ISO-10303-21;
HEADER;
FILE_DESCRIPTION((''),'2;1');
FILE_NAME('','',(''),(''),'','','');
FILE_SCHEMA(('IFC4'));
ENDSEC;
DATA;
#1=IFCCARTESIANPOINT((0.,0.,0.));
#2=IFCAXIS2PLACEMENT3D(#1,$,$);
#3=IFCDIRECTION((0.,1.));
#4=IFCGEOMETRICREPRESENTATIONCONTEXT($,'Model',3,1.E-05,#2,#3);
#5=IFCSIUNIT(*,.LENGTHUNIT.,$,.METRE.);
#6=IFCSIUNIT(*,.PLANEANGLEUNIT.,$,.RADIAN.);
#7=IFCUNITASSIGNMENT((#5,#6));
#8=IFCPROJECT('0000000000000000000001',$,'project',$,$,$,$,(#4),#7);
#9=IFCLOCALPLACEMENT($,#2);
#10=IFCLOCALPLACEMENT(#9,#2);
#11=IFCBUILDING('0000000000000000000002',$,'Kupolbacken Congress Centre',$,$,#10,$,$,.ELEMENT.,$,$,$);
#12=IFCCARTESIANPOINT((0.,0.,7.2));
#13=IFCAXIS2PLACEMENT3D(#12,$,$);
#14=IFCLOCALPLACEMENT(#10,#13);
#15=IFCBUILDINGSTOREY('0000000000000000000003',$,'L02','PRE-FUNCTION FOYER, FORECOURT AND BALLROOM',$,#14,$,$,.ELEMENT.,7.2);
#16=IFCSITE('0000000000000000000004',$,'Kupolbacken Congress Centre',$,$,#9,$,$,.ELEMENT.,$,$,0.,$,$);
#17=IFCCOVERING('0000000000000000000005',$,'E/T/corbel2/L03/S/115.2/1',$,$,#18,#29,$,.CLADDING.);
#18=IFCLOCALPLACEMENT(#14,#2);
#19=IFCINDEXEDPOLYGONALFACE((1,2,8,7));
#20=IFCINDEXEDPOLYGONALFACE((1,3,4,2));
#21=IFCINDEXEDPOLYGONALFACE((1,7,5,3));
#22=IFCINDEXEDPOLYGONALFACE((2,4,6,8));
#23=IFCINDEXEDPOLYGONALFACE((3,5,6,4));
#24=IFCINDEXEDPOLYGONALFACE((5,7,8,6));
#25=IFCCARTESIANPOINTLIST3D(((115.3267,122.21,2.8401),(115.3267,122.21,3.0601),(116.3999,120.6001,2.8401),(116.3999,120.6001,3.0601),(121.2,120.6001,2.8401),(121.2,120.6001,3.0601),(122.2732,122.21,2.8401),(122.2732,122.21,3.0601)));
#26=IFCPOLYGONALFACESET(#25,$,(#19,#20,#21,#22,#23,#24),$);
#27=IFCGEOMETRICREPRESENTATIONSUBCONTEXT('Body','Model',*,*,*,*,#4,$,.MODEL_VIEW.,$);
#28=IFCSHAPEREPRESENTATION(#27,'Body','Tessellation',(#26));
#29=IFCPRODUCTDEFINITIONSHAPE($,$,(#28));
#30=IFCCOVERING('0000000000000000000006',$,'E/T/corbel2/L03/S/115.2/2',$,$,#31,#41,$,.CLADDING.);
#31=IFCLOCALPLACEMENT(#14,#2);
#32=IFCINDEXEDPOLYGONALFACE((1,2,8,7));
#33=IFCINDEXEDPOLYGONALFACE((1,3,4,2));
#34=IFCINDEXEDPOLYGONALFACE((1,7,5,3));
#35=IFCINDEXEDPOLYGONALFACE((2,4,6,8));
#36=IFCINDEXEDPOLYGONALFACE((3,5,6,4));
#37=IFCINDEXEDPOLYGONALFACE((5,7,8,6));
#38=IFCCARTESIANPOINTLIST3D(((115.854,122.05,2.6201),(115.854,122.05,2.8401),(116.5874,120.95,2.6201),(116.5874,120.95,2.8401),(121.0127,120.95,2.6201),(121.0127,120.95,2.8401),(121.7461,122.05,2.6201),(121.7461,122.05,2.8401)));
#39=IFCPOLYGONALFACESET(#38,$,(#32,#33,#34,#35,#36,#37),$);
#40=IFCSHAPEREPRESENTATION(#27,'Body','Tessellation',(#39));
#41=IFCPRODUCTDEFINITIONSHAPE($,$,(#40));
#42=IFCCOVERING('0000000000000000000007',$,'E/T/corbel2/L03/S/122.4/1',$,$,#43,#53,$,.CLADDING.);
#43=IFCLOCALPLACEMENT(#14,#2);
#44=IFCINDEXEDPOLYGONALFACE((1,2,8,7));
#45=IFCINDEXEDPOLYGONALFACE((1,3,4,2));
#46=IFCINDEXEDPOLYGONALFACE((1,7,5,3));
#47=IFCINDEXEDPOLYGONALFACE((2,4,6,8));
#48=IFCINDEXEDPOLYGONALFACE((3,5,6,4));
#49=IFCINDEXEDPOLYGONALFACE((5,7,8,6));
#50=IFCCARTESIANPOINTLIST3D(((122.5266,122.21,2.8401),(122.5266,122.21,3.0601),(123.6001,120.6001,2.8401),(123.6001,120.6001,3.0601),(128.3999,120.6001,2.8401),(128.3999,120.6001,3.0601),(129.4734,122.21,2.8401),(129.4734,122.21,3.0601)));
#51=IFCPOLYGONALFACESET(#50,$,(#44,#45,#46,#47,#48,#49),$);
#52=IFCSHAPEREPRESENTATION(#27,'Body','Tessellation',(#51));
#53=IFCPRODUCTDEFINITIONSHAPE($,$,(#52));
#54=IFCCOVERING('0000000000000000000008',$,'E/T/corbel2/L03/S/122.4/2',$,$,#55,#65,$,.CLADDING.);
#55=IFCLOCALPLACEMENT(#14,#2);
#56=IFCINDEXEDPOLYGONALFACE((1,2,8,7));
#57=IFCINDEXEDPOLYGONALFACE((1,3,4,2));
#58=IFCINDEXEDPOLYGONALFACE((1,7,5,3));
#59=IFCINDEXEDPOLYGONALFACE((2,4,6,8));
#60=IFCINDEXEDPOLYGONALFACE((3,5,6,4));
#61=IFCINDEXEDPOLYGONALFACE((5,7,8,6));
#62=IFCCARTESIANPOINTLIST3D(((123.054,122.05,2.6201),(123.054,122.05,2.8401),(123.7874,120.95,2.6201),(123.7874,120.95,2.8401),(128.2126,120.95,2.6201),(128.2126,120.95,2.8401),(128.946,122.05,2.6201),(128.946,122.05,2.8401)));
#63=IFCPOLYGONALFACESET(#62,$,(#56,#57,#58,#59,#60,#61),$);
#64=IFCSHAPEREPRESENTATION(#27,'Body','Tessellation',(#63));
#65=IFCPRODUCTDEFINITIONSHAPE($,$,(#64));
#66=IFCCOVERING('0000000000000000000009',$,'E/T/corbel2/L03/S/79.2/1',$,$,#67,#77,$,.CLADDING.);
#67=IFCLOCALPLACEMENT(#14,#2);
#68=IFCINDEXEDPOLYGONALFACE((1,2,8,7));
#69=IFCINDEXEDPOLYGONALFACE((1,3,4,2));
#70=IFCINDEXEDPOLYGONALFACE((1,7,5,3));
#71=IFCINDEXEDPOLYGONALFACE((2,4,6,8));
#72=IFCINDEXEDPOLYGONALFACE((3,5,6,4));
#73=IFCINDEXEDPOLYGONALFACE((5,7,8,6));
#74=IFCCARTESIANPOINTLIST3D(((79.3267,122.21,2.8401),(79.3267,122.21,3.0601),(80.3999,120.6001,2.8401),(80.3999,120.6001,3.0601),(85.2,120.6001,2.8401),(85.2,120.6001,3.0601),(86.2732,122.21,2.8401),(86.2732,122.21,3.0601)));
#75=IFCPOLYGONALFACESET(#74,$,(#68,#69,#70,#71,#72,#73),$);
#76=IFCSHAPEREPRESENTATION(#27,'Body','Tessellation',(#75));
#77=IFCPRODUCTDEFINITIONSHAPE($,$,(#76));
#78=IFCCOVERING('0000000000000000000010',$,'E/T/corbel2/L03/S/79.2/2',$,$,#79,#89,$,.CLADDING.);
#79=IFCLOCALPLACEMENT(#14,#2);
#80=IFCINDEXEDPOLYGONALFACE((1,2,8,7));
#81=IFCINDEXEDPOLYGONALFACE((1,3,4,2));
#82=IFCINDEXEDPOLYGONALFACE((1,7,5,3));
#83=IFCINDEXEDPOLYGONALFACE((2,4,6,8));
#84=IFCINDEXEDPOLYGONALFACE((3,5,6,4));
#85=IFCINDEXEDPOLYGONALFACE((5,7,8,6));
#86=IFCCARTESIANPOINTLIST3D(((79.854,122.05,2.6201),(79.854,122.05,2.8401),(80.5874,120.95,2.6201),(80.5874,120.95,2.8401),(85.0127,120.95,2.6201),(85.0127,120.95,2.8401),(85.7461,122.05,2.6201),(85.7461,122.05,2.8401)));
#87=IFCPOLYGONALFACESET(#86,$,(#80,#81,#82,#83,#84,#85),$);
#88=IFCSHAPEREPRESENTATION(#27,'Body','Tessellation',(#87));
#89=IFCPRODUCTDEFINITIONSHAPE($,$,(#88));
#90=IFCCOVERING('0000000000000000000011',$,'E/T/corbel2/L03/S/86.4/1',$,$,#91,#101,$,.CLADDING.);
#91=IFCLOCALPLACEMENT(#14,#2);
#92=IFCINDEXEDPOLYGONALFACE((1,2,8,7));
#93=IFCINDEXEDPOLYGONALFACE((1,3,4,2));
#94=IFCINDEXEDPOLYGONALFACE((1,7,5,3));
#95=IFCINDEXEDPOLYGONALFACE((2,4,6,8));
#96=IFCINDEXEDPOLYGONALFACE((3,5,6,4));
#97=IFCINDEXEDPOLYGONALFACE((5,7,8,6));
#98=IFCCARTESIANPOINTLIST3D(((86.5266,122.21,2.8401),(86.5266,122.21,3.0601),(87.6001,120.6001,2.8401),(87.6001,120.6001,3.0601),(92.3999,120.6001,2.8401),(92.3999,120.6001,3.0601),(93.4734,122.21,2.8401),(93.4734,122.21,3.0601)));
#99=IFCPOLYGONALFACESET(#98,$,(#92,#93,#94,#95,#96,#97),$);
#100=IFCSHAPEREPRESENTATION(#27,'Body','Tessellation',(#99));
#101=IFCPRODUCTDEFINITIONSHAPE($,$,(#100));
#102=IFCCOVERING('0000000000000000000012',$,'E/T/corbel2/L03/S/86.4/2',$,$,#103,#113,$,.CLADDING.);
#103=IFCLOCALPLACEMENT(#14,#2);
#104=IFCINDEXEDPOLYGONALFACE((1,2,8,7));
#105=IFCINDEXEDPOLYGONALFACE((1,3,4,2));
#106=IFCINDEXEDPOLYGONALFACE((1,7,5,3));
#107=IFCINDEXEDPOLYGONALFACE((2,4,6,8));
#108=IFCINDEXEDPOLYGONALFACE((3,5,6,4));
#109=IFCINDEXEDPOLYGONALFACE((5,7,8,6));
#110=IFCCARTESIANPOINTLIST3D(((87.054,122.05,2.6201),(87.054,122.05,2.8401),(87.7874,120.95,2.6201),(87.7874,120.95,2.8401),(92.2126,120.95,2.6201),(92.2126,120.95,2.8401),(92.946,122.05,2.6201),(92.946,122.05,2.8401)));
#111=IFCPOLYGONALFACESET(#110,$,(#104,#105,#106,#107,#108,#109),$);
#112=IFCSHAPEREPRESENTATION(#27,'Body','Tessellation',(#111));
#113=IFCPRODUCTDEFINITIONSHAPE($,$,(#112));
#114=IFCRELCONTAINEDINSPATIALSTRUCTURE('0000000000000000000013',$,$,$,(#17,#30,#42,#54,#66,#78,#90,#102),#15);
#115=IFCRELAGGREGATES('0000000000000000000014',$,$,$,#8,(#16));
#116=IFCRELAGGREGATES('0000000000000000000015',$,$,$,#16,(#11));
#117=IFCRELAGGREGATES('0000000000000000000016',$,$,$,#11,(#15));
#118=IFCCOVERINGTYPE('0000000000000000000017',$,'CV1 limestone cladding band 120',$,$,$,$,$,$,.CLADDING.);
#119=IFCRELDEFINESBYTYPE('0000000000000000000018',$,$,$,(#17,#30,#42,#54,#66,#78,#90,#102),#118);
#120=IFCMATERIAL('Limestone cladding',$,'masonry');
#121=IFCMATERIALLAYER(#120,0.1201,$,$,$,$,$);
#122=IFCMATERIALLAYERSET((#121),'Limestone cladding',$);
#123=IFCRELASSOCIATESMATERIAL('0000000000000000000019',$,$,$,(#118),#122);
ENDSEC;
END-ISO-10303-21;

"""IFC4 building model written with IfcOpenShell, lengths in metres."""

from ifc_helpers import new_model, si_unit, direction, frame, origin, place, context, subcontext, project, spatial, polyline, outline, extrude, material, layer, layer_set, type_object, element, save


model = new_model("IFC4")

# Units and contexts
model_context = context("Model", 3, precision=1e-05, world=origin(), true_north=direction((0.0, 1.0)))
body_context = subcontext(model_context, "Body", "Model", "MODEL_VIEW")
ifc_project = project(units=[si_unit("LENGTHUNIT", "METRE"), si_unit("PLANEANGLEUNIT", "RADIAN")], contexts=[model_context])

# Site, building, storey
site_placement = place(None, origin())
site = spatial("IfcSite", under=ifc_project, at=site_placement, Name="Kupolbacken Congress Centre", CompositionType="ELEMENT", RefElevation=0.0)
building_placement = place(site_placement, origin())
building = spatial("IfcBuilding", under=site, at=building_placement, Name="Kupolbacken Congress Centre", CompositionType="ELEMENT")
storey_placement = place(building_placement, frame((0.0, 0.0, 7.2)))
storey = spatial("IfcBuildingStorey", under=building, at=storey_placement, Name="L02", Description="PRE-FUNCTION FOYER, FORECOURT AND BALLROOM", CompositionType="ELEMENT", Elevation=7.2)

# Coverings
ifc_material_1 = material(Name="Limestone cladding", Category="masonry")
ifc_layer_1 = layer(ifc_material_1, 0.1201)
ifc_layer_set_1 = layer_set([ifc_layer_1], Name="Limestone cladding")
covering_type = type_object("IfcCoveringType", Name="CV1 limestone cladding band 120", PredefinedType="CLADDING", material=ifc_layer_set_1)
covering_1_placement = place(storey_placement, frame((0.0, 0.0, 2.8401)))
element("IfcCovering", 1, at=covering_1_placement, inside=storey, type_object=covering_type, Name="E/T/corbel2/L03/S/115.2/1", PredefinedType="CLADDING", context=body_context, shape_type="SweptSolid", body=[
    extrude(outline(polyline([(122.2732, 122.21), (115.3267, 122.21), (116.3999, 120.6001), (121.2, 120.6001), (122.2732, 122.21)])), origin(), (0.0, 0.0, 1.0), 0.22),
])
covering_2_placement = place(storey_placement, frame((0.0, 0.0, 2.6201)))
element("IfcCovering", 2, at=covering_2_placement, inside=storey, type_object=covering_type, Name="E/T/corbel2/L03/S/115.2/2", PredefinedType="CLADDING", context=body_context, shape_type="SweptSolid", body=[
    extrude(outline(polyline([(115.854, 122.05), (116.5874, 120.95), (121.0127, 120.95), (121.7461, 122.05), (115.854, 122.05)])), origin(), (0.0, 0.0, 1.0), 0.22),
])
covering_3_placement = place(storey_placement, frame((0.0, 0.0, 2.8401)))
element("IfcCovering", 3, at=covering_3_placement, inside=storey, type_object=covering_type, Name="E/T/corbel2/L03/S/122.4/1", PredefinedType="CLADDING", context=body_context, shape_type="SweptSolid", body=[
    extrude(outline(polyline([(129.4734, 122.21), (122.5266, 122.21), (123.6001, 120.6001), (128.3999, 120.6001), (129.4734, 122.21)])), origin(), (0.0, 0.0, 1.0), 0.22),
])
covering_4_placement = place(storey_placement, frame((0.0, 0.0, 2.6201)))
element("IfcCovering", 4, at=covering_4_placement, inside=storey, type_object=covering_type, Name="E/T/corbel2/L03/S/122.4/2", PredefinedType="CLADDING", context=body_context, shape_type="SweptSolid", body=[
    extrude(outline(polyline([(123.054, 122.05), (123.7874, 120.95), (128.2126, 120.95), (128.946, 122.05), (123.054, 122.05)])), origin(), (0.0, 0.0, 1.0), 0.22),
])
covering_5_placement = place(storey_placement, frame((0.0, 0.0, 2.8401)))
element("IfcCovering", 5, at=covering_5_placement, inside=storey, type_object=covering_type, Name="E/T/corbel2/L03/S/79.2/1", PredefinedType="CLADDING", context=body_context, shape_type="SweptSolid", body=[
    extrude(outline(polyline([(86.2732, 122.21), (79.3267, 122.21), (80.3999, 120.6001), (85.2, 120.6001), (86.2732, 122.21)])), origin(), (0.0, 0.0, 1.0), 0.22),
])
covering_6_placement = place(storey_placement, frame((0.0, 0.0, 2.6201)))
element("IfcCovering", 6, at=covering_6_placement, inside=storey, type_object=covering_type, Name="E/T/corbel2/L03/S/79.2/2", PredefinedType="CLADDING", context=body_context, shape_type="SweptSolid", body=[
    extrude(outline(polyline([(79.854, 122.05), (80.5874, 120.95), (85.0127, 120.95), (85.7461, 122.05), (79.854, 122.05)])), origin(), (0.0, 0.0, 1.0), 0.22),
])
covering_7_placement = place(storey_placement, frame((0.0, 0.0, 2.8401)))
element("IfcCovering", 7, at=covering_7_placement, inside=storey, type_object=covering_type, Name="E/T/corbel2/L03/S/86.4/1", PredefinedType="CLADDING", context=body_context, shape_type="SweptSolid", body=[
    extrude(outline(polyline([(93.4734, 122.21), (86.5266, 122.21), (87.6001, 120.6001), (92.3999, 120.6001), (93.4734, 122.21)])), origin(), (0.0, 0.0, 1.0), 0.22),
])
covering_8_placement = place(storey_placement, frame((0.0, 0.0, 2.6201)))
element("IfcCovering", 8, at=covering_8_placement, inside=storey, type_object=covering_type, Name="E/T/corbel2/L03/S/86.4/2", PredefinedType="CLADDING", context=body_context, shape_type="SweptSolid", body=[
    extrude(outline(polyline([(87.054, 122.05), (87.7874, 120.95), (92.2126, 120.95), (92.946, 122.05), (87.054, 122.05)])), origin(), (0.0, 0.0, 1.0), 0.22),
])

save(model, "model.ifc")
